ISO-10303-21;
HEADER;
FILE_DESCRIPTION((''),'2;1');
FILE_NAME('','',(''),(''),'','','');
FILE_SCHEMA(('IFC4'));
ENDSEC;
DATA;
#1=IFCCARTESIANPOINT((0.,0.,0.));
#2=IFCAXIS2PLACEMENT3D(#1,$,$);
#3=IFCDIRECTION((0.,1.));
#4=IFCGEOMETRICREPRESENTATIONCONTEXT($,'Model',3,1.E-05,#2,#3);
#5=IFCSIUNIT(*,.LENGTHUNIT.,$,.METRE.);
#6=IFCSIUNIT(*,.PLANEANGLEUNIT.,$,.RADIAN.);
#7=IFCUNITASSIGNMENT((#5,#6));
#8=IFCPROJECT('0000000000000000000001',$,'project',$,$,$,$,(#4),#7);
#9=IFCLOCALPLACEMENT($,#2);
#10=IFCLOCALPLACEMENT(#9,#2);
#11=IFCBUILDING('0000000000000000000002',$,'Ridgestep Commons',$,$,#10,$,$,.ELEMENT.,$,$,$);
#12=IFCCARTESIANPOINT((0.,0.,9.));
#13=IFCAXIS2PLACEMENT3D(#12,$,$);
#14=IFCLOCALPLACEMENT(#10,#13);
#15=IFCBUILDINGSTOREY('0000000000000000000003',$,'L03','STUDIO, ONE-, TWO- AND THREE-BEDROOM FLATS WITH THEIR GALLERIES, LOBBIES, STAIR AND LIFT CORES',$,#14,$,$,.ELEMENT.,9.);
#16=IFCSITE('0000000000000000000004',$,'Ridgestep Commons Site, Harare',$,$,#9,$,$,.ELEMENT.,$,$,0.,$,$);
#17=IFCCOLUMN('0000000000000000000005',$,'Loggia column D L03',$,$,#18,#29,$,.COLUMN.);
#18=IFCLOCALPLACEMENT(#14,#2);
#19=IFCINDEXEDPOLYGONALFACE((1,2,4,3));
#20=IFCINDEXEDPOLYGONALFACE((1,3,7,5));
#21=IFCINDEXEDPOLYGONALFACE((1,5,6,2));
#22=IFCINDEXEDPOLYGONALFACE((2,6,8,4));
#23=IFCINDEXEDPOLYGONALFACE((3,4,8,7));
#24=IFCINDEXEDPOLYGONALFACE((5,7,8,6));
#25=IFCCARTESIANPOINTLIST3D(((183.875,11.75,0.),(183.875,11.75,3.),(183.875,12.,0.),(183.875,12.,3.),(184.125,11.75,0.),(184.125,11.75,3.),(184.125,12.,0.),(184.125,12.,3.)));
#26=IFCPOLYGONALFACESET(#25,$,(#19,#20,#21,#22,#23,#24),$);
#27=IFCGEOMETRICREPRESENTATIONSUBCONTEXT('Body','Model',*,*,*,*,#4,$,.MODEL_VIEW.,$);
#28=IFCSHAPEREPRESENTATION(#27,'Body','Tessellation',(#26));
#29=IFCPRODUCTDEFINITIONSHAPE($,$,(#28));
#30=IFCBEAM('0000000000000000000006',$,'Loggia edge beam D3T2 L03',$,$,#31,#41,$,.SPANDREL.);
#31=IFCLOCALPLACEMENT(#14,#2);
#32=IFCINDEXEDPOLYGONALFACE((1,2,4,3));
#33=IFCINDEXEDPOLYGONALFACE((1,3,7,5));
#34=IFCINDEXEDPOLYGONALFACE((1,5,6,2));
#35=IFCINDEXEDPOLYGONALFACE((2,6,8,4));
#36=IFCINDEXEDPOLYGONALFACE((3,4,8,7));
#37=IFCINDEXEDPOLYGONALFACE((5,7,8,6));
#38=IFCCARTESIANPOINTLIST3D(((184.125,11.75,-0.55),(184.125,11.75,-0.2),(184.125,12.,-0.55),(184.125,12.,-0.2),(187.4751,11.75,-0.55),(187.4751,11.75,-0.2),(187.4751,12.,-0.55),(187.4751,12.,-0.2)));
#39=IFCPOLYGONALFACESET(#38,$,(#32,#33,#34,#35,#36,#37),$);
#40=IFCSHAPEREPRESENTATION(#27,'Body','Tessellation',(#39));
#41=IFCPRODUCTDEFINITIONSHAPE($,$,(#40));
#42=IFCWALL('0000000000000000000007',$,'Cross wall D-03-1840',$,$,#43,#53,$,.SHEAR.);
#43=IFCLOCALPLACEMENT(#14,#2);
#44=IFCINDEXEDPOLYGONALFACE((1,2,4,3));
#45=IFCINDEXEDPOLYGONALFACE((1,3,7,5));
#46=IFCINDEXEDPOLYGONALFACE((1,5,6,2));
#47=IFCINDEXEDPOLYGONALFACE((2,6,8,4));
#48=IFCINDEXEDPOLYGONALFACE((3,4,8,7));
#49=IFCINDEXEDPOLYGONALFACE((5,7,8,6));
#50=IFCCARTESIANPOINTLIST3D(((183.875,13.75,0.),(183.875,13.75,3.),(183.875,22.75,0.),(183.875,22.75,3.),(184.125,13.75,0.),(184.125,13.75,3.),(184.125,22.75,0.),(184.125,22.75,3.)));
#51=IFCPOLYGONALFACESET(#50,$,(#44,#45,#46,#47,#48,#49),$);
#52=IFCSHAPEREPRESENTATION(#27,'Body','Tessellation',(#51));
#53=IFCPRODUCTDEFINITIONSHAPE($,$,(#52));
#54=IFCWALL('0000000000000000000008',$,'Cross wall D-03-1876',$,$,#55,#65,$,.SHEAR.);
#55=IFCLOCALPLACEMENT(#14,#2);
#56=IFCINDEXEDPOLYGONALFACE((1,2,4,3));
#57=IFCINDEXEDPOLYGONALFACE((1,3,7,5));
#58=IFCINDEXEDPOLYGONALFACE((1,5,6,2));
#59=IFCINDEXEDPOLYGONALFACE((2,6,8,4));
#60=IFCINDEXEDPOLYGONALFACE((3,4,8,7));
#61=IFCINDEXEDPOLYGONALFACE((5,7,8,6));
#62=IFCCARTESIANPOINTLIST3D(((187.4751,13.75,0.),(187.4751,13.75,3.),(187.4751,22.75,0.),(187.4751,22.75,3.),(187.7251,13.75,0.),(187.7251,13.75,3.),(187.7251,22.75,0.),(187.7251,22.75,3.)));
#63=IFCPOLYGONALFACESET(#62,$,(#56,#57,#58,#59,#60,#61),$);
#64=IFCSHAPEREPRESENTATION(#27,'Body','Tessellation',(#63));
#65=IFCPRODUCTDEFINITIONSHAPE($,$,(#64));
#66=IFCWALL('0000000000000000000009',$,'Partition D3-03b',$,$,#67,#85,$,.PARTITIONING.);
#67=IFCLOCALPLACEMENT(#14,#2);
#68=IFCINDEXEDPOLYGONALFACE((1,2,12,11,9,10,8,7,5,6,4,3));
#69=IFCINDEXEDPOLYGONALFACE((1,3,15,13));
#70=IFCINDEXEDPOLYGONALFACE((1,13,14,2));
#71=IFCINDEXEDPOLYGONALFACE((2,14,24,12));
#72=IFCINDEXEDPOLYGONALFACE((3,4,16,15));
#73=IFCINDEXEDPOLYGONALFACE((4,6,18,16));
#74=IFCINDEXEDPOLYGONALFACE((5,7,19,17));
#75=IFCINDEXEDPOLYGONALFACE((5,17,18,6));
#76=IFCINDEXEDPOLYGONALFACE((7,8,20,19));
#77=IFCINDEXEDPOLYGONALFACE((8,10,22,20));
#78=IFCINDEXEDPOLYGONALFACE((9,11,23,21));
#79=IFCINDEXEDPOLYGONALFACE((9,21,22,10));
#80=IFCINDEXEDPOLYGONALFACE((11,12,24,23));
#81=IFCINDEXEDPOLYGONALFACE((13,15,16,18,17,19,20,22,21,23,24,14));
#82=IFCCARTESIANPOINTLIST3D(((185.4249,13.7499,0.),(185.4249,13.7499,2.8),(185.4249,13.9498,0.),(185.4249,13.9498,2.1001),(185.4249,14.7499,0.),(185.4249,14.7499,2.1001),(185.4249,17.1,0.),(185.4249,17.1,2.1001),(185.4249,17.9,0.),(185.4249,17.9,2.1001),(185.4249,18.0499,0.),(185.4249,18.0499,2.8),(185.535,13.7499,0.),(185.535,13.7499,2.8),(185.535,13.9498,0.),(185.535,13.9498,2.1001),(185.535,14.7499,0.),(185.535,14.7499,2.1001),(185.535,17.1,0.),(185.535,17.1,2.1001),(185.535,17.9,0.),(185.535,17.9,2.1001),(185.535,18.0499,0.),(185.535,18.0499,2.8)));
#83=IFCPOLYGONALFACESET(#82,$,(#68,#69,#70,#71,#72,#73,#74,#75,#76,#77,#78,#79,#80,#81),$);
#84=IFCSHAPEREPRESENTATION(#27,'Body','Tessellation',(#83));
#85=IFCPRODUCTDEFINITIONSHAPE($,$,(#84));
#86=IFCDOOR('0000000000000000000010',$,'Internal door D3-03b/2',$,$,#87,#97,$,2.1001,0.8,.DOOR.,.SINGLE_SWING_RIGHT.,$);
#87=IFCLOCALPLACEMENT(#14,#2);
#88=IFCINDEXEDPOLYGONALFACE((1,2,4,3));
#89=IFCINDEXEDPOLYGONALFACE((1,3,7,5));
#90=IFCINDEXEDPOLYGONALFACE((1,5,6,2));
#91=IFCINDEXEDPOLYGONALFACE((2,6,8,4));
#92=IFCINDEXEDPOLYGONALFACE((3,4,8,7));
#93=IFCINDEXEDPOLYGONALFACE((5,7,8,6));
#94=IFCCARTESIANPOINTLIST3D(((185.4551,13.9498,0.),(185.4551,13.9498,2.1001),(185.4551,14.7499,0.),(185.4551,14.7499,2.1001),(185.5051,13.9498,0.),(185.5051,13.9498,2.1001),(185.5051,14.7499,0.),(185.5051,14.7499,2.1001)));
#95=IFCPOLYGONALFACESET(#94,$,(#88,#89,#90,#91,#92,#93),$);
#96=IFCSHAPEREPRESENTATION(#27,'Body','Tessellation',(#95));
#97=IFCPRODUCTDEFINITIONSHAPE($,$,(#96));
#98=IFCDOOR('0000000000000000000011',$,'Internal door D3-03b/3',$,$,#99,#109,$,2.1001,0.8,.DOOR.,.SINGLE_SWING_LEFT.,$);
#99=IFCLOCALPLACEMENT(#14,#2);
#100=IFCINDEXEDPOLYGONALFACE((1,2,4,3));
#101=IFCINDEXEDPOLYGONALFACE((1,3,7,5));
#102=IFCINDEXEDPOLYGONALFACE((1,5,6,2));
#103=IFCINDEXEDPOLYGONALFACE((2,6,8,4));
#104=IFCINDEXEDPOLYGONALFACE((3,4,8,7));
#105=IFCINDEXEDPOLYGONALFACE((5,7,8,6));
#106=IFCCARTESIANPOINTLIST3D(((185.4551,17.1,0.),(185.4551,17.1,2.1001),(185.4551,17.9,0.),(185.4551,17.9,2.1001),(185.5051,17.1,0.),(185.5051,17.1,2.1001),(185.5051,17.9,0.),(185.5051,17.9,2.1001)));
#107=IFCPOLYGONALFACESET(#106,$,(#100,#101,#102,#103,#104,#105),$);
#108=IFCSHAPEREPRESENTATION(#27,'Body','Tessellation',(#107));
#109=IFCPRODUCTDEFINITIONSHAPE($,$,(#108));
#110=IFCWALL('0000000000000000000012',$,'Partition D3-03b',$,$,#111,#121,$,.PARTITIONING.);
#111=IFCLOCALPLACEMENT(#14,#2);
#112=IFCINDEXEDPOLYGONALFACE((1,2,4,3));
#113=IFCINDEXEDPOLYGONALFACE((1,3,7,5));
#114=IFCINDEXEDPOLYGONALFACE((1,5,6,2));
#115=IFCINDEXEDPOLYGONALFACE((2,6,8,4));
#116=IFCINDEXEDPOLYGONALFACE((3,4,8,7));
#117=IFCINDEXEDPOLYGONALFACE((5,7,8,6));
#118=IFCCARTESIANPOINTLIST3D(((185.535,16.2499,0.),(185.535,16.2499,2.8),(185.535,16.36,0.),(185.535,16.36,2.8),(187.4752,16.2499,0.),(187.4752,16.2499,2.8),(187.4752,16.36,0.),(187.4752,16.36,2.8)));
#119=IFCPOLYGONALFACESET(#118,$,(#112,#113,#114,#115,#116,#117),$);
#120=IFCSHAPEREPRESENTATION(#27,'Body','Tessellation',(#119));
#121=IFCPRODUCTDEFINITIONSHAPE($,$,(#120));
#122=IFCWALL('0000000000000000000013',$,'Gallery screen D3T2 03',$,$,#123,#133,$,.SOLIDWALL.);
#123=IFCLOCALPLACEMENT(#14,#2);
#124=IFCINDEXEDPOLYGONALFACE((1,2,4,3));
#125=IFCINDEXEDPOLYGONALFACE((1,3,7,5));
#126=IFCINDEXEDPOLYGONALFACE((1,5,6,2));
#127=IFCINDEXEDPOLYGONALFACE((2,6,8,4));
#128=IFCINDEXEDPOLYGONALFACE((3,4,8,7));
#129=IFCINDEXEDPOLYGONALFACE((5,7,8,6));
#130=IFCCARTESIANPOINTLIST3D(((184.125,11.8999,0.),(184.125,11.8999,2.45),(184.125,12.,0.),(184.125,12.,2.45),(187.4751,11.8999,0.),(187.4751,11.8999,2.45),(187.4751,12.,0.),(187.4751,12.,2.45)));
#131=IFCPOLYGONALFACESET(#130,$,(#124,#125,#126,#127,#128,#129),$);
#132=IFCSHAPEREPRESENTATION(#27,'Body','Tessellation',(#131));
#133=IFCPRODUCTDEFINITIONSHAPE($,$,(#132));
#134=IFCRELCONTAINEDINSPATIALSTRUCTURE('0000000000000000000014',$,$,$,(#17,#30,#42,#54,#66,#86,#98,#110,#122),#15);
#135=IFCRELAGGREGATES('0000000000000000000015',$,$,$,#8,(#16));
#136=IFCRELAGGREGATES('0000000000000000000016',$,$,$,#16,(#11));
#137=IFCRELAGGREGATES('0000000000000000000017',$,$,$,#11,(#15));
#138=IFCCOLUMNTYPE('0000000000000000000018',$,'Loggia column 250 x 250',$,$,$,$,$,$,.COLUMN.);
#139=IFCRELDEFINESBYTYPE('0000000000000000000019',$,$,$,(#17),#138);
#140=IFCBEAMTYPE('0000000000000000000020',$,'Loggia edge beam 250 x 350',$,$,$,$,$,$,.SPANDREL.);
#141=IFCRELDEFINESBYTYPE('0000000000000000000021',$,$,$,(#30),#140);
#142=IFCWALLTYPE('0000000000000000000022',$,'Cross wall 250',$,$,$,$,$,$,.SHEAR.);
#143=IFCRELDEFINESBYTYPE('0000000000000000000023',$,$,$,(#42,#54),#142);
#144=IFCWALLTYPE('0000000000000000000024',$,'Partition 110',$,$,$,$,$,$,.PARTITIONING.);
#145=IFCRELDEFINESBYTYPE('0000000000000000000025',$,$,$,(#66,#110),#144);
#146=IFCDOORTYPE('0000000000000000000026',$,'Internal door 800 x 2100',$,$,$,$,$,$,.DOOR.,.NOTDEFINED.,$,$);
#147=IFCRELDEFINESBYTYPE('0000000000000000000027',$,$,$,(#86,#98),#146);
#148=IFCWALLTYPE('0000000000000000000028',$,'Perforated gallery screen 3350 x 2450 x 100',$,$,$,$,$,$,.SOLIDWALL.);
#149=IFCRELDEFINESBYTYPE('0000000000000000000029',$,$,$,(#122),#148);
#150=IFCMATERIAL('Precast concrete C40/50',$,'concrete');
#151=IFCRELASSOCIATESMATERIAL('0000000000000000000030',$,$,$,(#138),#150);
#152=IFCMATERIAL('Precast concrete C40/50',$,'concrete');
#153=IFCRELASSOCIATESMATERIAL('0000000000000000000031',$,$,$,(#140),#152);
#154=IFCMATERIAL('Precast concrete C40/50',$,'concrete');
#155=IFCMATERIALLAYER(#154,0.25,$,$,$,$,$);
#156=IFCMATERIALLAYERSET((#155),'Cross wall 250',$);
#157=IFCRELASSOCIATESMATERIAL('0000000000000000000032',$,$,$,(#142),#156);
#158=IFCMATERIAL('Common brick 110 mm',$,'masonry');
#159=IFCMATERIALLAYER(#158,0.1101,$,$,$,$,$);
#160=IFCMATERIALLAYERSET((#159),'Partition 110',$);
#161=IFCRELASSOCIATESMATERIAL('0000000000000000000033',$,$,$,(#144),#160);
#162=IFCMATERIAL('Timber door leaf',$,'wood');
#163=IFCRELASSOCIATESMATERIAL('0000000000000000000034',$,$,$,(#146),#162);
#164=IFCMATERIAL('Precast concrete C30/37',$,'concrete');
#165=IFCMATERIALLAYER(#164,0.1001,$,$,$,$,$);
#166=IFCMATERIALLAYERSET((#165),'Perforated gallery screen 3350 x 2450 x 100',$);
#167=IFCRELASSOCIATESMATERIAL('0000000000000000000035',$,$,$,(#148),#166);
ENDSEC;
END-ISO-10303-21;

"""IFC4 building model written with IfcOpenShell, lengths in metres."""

from ifc_helpers import new_model, si_unit, direction, frame, frame_2d, origin, origin_2d, place, context, subcontext, project, spatial, rectangle, extrude, material, layer, layer_set, material_profile, profile_set, type_object, element, fill, save


model = new_model("IFC4")

# Units and contexts
model_context = context("Model", 3, precision=1e-05, world=origin(), true_north=direction((0.0, 1.0)))
body_context = subcontext(model_context, "Body", "Model", "MODEL_VIEW")
ifc_project = project(units=[si_unit("LENGTHUNIT", "METRE"), si_unit("PLANEANGLEUNIT", "RADIAN")], contexts=[model_context])

# Site, building, storey
site_placement = place(None, origin())
site = spatial("IfcSite", under=ifc_project, at=site_placement, Name="Ridgestep Commons Site, Harare", CompositionType="ELEMENT", RefElevation=0.0)
building_placement = place(site_placement, origin())
building = spatial("IfcBuilding", under=site, at=building_placement, Name="Ridgestep Commons", CompositionType="ELEMENT")
storey_placement = place(building_placement, frame((0.0, 0.0, 9.0)))
storey = spatial("IfcBuildingStorey", under=building, at=storey_placement, Name="L03", Description="STUDIO, ONE-, TWO- AND THREE-BEDROOM FLATS WITH THEIR GALLERIES, LOBBIES, STAIR AND LIFT CORES", CompositionType="ELEMENT", Elevation=9.0)

# Column
ifc_material_1 = material(Name="Precast concrete C40/50", Category="concrete")
ifc_material_profile_1 = material_profile(ifc_material_1, rectangle(XDim=0.25, YDim=0.25, at=origin_2d()), Name="PC 250x250")
ifc_profile_set_1 = profile_set([ifc_material_profile_1], Name="Precast concrete C40/50")
column_type = type_object("IfcColumnType", Name="Loggia column 250 x 250", PredefinedType="COLUMN", material=ifc_profile_set_1)
column_placement = place(storey_placement, frame((184.0, 11.875, 0.0), z_axis=(0.0, 0.0, 1.0), x_axis=(1.0, 0.0, 0.0)))
element("IfcColumn", 1, at=column_placement, inside=storey, type_object=column_type, Name="Loggia column D L03", PredefinedType="COLUMN", context=body_context, shape_type="SweptSolid", body=[
    extrude(rectangle(XDim=0.25, YDim=0.25, at=origin_2d()), origin(), (0.0, 0.0, 1.0), 3.0),
])

# Beam
ifc_material_2 = material(Name="Precast concrete C40/50", Category="concrete")
ifc_material_profile_2 = material_profile(ifc_material_2, rectangle(XDim=0.25, YDim=0.3501, at=origin_2d()), Name="PC 250x350")
ifc_profile_set_2 = profile_set([ifc_material_profile_2], Name="Precast concrete C40/50")
beam_type = type_object("IfcBeamType", Name="Loggia edge beam 250 x 350", PredefinedType="SPANDREL", material=ifc_profile_set_2)
beam_placement = place(storey_placement, frame((184.125, 11.875, -0.375), z_axis=(1.0, 0.0, 0.0), x_axis=(0.0, 1.0, 0.0)))
element("IfcBeam", 2, at=beam_placement, inside=storey, type_object=beam_type, Name="Loggia edge beam D3T2 L03", PredefinedType="SPANDREL", context=body_context, shape_type="SweptSolid", body=[
    extrude(rectangle(XDim=0.25, YDim=0.3501, at=origin_2d()), origin(), (0.0, 0.0, 1.0), 3.3501),
])

# Walls
ifc_material_3 = material(Name="Precast concrete C40/50", Category="concrete")
ifc_layer_1 = layer(ifc_material_3, 0.25)
ifc_layer_set_1 = layer_set([ifc_layer_1], Name="Cross wall 250")
wall_type_1 = type_object("IfcWallType", Name="Cross wall 250", PredefinedType="SHEAR", material=ifc_layer_set_1)
for number, where, z_axis, x_axis, name in (
    (3, (184.0, 13.75, 0.0), (0.0, 0.0, 1.0), (0.0, 1.0, 0.0), "Cross wall D-03-1840"),
    (4, (187.6001, 13.75, 0.0), (0.0, 0.0, 1.0), (0.0, 1.0, 0.0), "Cross wall D-03-1876"),
):
    element("IfcWall", number, at=place(storey_placement, frame(where, z_axis=z_axis, x_axis=x_axis)), inside=storey, type_object=wall_type_1, Name=name, PredefinedType="SHEAR", context=body_context, shape_type="SweptSolid", body=[
        extrude(rectangle(XDim=9.0, YDim=0.25, at=frame_2d((4.5, 0.0))), origin(), (0.0, 0.0, 1.0), 3.0),
    ])

# Wall, openings, doors
ifc_material_4 = material(Name="Common brick 110 mm", Category="masonry")
ifc_layer_2 = layer(ifc_material_4, 0.1101)
ifc_layer_set_2 = layer_set([ifc_layer_2], Name="Partition 110")
wall_type_2 = type_object("IfcWallType", Name="Partition 110", PredefinedType="PARTITIONING", material=ifc_layer_set_2)
wall_1_placement = place(storey_placement, frame((185.48, 13.75, 0.0), z_axis=(0.0, 0.0, 1.0), x_axis=(0.0, 1.0, 0.0)))
wall_1 = element("IfcWall", 5, at=wall_1_placement, inside=storey, type_object=wall_type_2, Name="Partition D3-03b", PredefinedType="PARTITIONING", context=body_context, shape_type="SweptSolid", body=[
    extrude(rectangle(XDim=4.3, YDim=0.1101, at=frame_2d((2.1499, 0.0))), origin(), (0.0, 0.0, 1.0), 2.8),
])
opening_1_placement = place(wall_1_placement, frame((0.2, 0.0, 0.0)))
opening_1 = element("IfcOpeningElement", 6, at=opening_1_placement, cuts=wall_1, PredefinedType="OPENING", context=body_context, shape_type="SweptSolid", body=[
    extrude(rectangle(XDim=0.8, YDim=2.1001, at=frame_2d((0.3999, 1.05))), frame((0.0, 0.0649, 0.0), z_axis=(0.0, -1.0, 0.0), x_axis=(1.0, 0.0, 0.0)), (0.0, 0.0, 1.0), 0.1301),
])
opening_2_placement = place(wall_1_placement, frame((3.3501, 0.0, 0.0)))
opening_2 = element("IfcOpeningElement", 7, at=opening_2_placement, cuts=wall_1, PredefinedType="OPENING", context=body_context, shape_type="SweptSolid", body=[
    extrude(rectangle(XDim=0.8, YDim=2.1001, at=frame_2d((0.3999, 1.05))), frame((0.0, 0.0649, 0.0), z_axis=(0.0, -1.0, 0.0), x_axis=(1.0, 0.0, 0.0)), (0.0, 0.0, 1.0), 0.1301),
])
ifc_material_5 = material(Name="Timber door leaf", Category="wood")
door_type_1 = type_object("IfcDoorType", Name="Internal door 800 x 2100", OperationType="NOTDEFINED", PredefinedType="DOOR", material=ifc_material_5)
door_1_placement = place(opening_1_placement, origin())
door_1 = element("IfcDoor", 8, at=door_1_placement, inside=storey, type_object=door_type_1, Name="Internal door D3-03b/2", OperationType="SINGLE_SWING_RIGHT", OverallHeight=2.1001, OverallWidth=0.8, PredefinedType="DOOR", context=body_context, shape_type="SweptSolid", body=[
    extrude(rectangle(XDim=0.8, YDim=2.1001, at=frame_2d((0.3999, 1.05))), frame((0.0, 0.0249, 0.0), z_axis=(0.0, -1.0, 0.0), x_axis=(1.0, 0.0, 0.0)), (0.0, 0.0, 1.0), 0.05),
])
fill(opening_1, door_1)
door_2_placement = place(opening_2_placement, origin())
door_2 = element("IfcDoor", 9, at=door_2_placement, inside=storey, type_object=door_type_1, Name="Internal door D3-03b/3", OperationType="SINGLE_SWING_LEFT", OverallHeight=2.1001, OverallWidth=0.8, PredefinedType="DOOR", context=body_context, shape_type="SweptSolid", body=[
    extrude(rectangle(XDim=0.8, YDim=2.1001, at=frame_2d((0.3999, 1.05))), frame((0.0, 0.0249, 0.0), z_axis=(0.0, -1.0, 0.0), x_axis=(1.0, 0.0, 0.0)), (0.0, 0.0, 1.0), 0.05),
])
fill(opening_2, door_2)

# Walls
wall_2_placement = place(storey_placement, frame((185.5349, 16.3049, 0.0), z_axis=(0.0, 0.0, 1.0), x_axis=(1.0, 0.0, 0.0)))
element("IfcWall", 10, at=wall_2_placement, inside=storey, type_object=wall_type_2, Name="Partition D3-03b", PredefinedType="PARTITIONING", context=body_context, shape_type="SweptSolid", body=[
    extrude(rectangle(XDim=1.9402, YDim=0.1101, at=frame_2d((0.9702, 0.0))), origin(), (0.0, 0.0, 1.0), 2.8),
])
ifc_material_6 = material(Name="Precast concrete C30/37", Category="concrete")
ifc_layer_3 = layer(ifc_material_6, 0.1001)
ifc_layer_set_3 = layer_set([ifc_layer_3], Name="Perforated gallery screen 3350 x 2450 x 100")
wall_type_3 = type_object("IfcWallType", Name="Perforated gallery screen 3350 x 2450 x 100", PredefinedType="SOLIDWALL", material=ifc_layer_set_3)
wall_3_placement = place(storey_placement, frame((184.125, 11.95, 0.0), z_axis=(0.0, 0.0, 1.0), x_axis=(1.0, 0.0, 0.0)))
element("IfcWall", 11, at=wall_3_placement, inside=storey, type_object=wall_type_3, Name="Gallery screen D3T2 03", PredefinedType="SOLIDWALL", context=body_context, shape_type="SweptSolid", body=[
    extrude(rectangle(XDim=3.3501, YDim=0.1001, at=frame_2d((1.675, 0.0))), origin(), (0.0, 0.0, 1.0), 2.45),
])

save(model, "model.ifc")
